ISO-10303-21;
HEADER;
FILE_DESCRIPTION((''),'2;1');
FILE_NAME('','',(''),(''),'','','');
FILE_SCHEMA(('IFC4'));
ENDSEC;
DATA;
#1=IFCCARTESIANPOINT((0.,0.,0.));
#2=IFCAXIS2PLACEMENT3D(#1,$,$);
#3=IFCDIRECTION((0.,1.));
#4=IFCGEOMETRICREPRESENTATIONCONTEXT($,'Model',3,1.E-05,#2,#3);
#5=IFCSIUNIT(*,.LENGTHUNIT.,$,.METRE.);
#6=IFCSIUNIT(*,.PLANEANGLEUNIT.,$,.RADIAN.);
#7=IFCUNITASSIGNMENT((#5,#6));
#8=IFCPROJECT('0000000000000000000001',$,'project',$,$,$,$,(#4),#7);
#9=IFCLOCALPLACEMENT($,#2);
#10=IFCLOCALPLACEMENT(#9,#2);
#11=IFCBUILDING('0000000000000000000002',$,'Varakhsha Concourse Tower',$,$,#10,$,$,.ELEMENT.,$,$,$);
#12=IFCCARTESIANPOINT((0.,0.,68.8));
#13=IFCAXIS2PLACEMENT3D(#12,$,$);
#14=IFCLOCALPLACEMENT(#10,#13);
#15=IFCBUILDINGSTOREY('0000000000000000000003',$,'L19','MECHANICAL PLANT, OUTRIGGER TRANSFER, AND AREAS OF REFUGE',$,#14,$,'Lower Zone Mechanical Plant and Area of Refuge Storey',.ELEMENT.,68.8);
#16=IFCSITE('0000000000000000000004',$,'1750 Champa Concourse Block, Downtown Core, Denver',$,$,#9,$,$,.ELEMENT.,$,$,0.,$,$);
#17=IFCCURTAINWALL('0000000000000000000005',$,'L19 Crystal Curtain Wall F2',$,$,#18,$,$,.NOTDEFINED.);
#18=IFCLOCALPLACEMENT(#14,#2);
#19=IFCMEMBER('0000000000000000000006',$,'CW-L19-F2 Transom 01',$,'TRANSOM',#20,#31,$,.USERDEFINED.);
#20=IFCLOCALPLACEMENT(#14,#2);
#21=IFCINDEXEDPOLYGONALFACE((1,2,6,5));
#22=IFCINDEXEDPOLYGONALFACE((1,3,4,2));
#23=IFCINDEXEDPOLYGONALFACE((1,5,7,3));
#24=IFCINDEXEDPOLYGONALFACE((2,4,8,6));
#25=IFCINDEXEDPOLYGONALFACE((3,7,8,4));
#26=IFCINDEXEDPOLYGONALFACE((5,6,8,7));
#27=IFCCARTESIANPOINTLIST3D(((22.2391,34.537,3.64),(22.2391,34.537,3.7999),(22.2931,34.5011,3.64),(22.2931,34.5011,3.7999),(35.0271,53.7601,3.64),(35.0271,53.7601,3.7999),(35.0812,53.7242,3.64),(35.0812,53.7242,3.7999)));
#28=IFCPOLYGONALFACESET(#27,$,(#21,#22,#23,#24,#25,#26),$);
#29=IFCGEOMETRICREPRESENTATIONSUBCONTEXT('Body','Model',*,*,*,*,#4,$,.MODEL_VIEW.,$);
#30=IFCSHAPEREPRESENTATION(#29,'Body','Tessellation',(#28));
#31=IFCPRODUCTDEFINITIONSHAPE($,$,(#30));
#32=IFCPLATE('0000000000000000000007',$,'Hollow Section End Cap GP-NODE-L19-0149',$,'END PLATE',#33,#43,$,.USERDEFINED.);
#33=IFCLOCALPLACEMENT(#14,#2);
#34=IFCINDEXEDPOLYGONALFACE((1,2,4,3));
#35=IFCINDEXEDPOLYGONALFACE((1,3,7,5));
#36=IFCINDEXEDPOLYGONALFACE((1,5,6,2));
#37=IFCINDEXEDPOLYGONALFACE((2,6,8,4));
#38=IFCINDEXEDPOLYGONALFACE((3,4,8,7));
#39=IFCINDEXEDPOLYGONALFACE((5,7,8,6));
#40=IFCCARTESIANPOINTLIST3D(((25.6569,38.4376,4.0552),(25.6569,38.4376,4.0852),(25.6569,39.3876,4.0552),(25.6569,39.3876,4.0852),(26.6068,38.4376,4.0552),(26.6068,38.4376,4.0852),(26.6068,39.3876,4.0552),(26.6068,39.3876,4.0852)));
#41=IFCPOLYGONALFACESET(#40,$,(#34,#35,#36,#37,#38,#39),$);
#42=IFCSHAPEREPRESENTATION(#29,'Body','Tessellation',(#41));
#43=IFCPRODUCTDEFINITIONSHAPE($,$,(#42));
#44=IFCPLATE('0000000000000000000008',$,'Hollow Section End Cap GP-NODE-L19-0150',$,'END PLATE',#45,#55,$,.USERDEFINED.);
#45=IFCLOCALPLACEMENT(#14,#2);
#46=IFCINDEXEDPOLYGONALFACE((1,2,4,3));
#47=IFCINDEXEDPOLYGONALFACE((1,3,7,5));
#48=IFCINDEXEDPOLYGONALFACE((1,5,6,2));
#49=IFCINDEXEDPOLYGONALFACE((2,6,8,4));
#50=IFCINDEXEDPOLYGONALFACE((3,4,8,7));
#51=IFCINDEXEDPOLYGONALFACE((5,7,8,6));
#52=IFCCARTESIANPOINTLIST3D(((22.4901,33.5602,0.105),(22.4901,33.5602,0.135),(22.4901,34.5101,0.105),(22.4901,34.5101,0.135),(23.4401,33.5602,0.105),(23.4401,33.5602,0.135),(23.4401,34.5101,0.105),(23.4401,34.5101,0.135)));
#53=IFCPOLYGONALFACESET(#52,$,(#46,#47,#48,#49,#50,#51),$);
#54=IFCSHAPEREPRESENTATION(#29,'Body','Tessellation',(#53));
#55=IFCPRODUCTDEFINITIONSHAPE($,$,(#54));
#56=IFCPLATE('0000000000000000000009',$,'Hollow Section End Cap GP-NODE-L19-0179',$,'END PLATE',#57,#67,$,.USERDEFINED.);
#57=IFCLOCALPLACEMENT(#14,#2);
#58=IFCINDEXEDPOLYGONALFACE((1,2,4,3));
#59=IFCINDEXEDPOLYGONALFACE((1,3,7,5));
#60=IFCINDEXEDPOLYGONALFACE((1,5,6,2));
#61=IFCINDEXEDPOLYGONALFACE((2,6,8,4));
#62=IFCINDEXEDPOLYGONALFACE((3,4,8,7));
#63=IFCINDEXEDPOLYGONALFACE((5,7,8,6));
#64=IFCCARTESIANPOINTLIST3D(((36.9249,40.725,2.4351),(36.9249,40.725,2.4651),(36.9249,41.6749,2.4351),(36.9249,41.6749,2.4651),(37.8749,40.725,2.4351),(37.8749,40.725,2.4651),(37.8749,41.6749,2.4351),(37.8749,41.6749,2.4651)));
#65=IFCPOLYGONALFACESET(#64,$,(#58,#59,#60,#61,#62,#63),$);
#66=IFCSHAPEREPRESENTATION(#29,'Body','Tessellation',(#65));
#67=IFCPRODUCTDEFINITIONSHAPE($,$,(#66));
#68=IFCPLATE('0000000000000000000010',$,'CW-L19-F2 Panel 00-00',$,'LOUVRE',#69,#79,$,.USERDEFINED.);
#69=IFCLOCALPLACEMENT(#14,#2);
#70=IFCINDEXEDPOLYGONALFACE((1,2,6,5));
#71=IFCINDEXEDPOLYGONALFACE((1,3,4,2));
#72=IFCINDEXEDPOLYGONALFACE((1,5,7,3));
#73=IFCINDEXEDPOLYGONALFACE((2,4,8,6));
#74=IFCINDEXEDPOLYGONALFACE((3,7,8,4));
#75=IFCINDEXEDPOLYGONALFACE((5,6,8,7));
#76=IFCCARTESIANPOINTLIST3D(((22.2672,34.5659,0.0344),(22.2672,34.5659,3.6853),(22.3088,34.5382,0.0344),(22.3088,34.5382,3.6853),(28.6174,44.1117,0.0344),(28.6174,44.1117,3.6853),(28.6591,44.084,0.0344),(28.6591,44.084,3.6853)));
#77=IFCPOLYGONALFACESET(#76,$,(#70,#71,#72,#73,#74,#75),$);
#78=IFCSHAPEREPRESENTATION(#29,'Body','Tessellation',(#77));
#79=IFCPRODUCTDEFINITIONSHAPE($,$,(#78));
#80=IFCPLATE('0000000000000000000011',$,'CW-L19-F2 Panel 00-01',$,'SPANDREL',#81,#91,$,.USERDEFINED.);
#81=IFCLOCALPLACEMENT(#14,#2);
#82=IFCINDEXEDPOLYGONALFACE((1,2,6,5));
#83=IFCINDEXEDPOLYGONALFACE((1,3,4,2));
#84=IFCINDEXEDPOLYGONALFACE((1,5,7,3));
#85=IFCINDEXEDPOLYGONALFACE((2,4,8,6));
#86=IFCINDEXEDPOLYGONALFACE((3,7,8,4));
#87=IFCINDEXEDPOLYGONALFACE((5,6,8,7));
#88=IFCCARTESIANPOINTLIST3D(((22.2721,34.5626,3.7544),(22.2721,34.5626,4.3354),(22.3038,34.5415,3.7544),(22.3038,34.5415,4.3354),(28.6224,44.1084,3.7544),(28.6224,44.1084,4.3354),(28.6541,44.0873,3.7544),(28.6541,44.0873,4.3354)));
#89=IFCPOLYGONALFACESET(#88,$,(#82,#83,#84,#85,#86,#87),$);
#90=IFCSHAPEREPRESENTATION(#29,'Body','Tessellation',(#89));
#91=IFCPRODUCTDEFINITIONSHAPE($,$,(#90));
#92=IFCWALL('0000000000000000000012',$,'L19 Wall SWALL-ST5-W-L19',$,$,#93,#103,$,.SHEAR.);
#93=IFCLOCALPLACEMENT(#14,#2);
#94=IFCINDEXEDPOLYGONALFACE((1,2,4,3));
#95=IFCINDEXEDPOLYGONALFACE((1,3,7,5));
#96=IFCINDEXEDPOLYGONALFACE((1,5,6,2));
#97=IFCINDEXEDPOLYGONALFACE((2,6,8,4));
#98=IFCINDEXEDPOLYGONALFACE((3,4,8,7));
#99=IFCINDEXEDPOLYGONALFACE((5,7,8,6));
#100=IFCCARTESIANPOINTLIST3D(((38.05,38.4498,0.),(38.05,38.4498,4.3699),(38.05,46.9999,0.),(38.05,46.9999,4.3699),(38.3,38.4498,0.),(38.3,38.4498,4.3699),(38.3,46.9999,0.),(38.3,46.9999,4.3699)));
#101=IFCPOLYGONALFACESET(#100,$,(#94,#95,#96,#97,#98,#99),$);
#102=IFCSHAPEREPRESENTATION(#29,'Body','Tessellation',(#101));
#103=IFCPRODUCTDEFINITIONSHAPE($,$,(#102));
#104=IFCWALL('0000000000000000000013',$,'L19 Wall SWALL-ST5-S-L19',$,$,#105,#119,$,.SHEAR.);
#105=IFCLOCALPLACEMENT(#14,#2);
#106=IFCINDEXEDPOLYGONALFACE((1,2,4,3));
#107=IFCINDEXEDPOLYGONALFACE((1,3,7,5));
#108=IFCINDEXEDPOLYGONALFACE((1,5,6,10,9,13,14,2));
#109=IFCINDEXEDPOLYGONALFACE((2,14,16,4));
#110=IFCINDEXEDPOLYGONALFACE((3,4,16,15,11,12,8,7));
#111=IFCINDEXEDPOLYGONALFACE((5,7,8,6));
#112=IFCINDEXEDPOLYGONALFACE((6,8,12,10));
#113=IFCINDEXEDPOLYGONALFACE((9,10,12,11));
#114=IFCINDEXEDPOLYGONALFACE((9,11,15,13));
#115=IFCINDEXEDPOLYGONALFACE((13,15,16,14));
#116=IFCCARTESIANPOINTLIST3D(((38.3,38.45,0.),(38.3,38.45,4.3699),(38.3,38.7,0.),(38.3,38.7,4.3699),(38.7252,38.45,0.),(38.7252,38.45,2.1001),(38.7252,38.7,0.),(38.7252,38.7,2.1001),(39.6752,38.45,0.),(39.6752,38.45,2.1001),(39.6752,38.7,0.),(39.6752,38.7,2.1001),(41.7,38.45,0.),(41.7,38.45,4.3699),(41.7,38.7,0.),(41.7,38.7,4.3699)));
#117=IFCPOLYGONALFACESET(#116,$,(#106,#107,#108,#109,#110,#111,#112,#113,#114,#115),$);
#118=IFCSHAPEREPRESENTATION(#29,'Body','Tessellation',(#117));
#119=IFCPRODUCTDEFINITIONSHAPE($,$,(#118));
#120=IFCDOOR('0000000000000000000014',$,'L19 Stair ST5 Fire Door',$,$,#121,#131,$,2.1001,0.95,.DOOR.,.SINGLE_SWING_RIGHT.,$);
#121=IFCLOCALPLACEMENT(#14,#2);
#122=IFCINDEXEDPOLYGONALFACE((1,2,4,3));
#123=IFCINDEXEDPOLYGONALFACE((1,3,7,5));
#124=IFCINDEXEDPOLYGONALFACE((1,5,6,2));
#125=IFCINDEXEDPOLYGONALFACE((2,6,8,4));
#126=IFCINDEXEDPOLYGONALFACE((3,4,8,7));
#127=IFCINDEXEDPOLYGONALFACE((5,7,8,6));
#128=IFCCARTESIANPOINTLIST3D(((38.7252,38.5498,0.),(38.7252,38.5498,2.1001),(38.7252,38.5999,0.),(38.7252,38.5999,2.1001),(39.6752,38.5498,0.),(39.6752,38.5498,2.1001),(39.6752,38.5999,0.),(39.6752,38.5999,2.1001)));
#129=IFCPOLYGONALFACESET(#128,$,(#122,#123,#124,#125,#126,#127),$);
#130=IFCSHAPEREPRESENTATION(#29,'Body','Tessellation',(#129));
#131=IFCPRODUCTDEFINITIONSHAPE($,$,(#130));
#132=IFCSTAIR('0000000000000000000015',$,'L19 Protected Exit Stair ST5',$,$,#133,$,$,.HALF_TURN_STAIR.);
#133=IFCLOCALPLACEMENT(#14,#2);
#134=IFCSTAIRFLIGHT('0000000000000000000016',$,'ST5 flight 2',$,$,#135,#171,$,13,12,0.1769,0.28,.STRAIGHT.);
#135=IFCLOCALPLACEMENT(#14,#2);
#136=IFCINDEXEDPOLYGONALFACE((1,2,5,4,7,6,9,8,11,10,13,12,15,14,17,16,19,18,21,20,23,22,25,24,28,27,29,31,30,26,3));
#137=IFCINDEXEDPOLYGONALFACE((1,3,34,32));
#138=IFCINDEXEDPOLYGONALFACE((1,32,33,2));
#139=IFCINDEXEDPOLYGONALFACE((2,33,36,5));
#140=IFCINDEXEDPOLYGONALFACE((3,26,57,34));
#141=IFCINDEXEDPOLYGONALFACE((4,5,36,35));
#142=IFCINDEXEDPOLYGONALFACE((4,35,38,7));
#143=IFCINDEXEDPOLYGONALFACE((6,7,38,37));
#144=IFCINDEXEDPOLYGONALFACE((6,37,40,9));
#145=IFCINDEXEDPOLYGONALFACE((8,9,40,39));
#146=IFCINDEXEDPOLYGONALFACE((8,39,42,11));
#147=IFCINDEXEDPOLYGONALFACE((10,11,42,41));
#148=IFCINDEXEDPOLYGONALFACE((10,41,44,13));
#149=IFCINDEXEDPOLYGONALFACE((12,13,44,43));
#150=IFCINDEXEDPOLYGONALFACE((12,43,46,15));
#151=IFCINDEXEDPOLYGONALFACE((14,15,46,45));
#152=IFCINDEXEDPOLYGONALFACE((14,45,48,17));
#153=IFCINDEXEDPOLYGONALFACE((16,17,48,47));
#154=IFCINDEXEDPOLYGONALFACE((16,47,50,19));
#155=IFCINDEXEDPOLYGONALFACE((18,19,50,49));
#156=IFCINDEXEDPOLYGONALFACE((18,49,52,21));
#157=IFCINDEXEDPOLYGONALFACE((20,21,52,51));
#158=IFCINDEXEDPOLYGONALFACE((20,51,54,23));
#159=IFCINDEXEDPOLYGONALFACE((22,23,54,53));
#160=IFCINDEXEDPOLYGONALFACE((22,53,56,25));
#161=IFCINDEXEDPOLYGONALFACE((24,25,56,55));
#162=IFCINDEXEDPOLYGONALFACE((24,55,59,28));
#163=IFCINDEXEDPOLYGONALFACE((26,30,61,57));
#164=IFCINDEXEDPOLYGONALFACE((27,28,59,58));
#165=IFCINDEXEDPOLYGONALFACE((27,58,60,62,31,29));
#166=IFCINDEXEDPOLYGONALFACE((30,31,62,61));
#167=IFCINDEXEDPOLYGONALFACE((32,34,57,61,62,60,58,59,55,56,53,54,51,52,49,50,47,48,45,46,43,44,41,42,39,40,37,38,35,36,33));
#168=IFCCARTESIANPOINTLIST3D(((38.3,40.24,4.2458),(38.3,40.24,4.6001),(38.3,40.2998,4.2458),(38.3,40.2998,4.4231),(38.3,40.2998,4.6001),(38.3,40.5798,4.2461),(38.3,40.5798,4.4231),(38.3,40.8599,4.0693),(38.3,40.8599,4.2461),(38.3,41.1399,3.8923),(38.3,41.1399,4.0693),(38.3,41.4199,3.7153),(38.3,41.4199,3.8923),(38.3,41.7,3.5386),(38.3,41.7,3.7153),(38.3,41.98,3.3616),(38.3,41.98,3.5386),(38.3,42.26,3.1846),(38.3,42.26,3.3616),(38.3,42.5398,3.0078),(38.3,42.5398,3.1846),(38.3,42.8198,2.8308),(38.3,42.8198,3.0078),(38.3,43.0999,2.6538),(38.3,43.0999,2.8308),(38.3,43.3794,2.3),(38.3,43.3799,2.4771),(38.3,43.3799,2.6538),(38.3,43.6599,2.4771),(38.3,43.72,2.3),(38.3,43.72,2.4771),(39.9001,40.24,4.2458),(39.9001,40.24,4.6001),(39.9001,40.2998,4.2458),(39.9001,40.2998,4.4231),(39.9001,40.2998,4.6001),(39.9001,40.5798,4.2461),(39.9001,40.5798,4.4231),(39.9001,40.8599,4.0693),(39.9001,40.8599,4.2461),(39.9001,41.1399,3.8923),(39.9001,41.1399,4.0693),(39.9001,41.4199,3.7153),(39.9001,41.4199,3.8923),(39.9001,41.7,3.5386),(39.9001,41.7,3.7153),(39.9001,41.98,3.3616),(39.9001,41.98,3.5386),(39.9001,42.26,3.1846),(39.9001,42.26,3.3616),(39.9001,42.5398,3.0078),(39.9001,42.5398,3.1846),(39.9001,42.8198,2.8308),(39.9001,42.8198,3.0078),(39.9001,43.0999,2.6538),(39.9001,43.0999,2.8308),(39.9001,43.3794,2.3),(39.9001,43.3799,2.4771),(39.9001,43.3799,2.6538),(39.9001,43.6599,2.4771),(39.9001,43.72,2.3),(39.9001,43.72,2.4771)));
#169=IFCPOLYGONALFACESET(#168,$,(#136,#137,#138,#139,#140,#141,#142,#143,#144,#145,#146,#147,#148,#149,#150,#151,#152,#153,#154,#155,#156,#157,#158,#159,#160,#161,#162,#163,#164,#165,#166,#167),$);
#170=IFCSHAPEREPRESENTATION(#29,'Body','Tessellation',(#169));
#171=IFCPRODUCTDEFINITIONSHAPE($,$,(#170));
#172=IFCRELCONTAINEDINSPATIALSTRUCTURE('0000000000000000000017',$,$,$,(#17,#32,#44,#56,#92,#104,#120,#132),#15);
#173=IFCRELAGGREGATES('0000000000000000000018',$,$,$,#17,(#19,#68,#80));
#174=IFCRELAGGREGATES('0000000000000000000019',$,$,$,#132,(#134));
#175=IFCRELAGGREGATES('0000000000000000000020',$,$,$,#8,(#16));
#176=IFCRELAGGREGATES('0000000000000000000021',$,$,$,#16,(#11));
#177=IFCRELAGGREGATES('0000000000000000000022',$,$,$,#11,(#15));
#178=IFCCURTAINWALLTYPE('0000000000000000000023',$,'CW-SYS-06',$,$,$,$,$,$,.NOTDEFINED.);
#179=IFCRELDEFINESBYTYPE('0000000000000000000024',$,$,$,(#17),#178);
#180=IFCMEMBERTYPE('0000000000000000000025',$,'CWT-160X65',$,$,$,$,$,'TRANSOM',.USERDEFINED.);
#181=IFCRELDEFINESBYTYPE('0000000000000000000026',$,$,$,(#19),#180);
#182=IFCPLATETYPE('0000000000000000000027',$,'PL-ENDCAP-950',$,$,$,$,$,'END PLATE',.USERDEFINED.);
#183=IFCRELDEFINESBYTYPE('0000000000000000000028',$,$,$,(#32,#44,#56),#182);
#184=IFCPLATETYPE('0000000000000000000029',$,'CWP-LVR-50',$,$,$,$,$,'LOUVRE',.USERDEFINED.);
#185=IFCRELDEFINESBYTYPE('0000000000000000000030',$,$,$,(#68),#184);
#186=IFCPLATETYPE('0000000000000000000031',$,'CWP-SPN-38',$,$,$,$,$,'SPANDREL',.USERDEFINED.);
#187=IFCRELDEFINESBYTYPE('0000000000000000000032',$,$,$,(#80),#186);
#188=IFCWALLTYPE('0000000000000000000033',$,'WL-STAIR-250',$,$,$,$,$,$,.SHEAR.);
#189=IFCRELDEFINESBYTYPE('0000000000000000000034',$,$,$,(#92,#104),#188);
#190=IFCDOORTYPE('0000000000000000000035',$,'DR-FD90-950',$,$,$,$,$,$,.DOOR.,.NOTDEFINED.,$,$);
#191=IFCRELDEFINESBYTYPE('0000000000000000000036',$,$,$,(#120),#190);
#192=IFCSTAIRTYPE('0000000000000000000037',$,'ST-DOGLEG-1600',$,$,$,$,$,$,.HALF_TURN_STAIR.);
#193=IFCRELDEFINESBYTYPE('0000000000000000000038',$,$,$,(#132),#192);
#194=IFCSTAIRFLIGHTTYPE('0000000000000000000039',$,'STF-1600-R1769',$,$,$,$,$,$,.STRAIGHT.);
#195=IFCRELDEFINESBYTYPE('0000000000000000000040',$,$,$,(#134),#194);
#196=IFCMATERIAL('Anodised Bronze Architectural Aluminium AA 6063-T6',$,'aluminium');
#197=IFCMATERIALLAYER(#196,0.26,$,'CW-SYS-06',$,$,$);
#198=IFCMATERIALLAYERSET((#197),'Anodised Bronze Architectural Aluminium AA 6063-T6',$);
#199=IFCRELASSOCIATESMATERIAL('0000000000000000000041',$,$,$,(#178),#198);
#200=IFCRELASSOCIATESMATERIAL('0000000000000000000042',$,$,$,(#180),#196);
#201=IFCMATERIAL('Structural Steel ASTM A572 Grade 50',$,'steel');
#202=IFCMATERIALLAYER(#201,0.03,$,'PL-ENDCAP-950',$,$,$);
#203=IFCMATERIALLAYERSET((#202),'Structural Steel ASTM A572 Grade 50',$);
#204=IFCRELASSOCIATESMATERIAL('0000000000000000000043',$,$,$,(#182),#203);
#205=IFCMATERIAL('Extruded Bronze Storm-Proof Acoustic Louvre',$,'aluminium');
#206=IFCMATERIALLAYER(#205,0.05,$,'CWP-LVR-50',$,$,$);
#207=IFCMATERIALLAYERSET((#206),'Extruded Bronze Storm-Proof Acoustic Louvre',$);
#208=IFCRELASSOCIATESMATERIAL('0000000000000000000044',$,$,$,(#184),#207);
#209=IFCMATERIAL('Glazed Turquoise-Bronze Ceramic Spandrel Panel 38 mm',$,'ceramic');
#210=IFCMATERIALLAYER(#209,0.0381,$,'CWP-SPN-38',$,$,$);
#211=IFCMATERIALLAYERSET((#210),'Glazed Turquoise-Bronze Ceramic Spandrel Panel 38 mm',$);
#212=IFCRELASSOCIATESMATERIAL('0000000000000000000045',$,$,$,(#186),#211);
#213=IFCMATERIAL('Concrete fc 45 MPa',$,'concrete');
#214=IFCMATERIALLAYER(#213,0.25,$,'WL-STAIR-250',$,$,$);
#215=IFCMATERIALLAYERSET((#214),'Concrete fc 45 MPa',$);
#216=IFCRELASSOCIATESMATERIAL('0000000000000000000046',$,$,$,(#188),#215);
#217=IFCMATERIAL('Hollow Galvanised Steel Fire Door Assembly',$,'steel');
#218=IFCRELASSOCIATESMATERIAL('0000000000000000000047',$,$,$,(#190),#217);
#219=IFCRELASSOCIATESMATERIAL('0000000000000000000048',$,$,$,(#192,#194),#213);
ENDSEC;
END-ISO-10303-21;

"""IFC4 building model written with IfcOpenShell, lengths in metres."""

from ifc_helpers import new_model, si_unit, direction, frame, frame_2d, origin, origin_2d, place, context, subcontext, project, spatial, polyline, rectangle, outline, extrude, source, transform, mapped, material, layer, layer_set, material_profile, profile_set, type_object, type_shapes, element, fill, aggregate, save


model = new_model("IFC4")

# Units and contexts
model_context = context("Model", 3, precision=1e-05, world=origin(), true_north=direction((0.0, 1.0)))
body_context = subcontext(model_context, "Body", "Model", "MODEL_VIEW")
ifc_project = project(units=[si_unit("LENGTHUNIT", "METRE"), si_unit("PLANEANGLEUNIT", "RADIAN")], contexts=[model_context])

# Site, building, storey
site_placement = place(None, origin())
site = spatial("IfcSite", under=ifc_project, at=site_placement, Name="1750 Champa Concourse Block, Downtown Core, Denver", CompositionType="ELEMENT", RefElevation=0.0)
building_placement = place(site_placement, origin())
building = spatial("IfcBuilding", under=site, at=building_placement, Name="Varakhsha Concourse Tower", CompositionType="ELEMENT")
storey_placement = place(building_placement, frame((0.0, 0.0, 68.8)))
storey = spatial("IfcBuildingStorey", under=building, at=storey_placement, Name="L19", Description="MECHANICAL PLANT, OUTRIGGER TRANSFER, AND AREAS OF REFUGE", LongName="Lower Zone Mechanical Plant and Area of Refuge Storey", CompositionType="ELEMENT", Elevation=68.8)

# Curtain wall
ifc_material_1 = material(Name="Anodised Bronze Architectural Aluminium AA 6063-T6", Category="aluminium")
ifc_layer_1 = layer(ifc_material_1, 0.26, Name="CW-SYS-06")
ifc_layer_set_1 = layer_set([ifc_layer_1], Name="Anodised Bronze Architectural Aluminium AA 6063-T6")
curtain_wall_type = type_object("IfcCurtainWallType", Name="CW-SYS-06", PredefinedType="NOTDEFINED", material=ifc_layer_set_1)
curtain_wall_1_placement = place(storey_placement, origin())
curtain_wall_1 = element("IfcCurtainWall", 1, at=curtain_wall_1_placement, inside=storey, type_object=curtain_wall_type, Name="L19 Crystal Curtain Wall F2", PredefinedType="NOTDEFINED")

# Member
ifc_material_profile_1 = material_profile(ifc_material_1, rectangle(XDim=0.0649, YDim=0.1599, at=origin_2d()), Name="CWT-160X65")
ifc_profile_set_1 = profile_set([ifc_material_profile_1], Name="Anodised Bronze Architectural Aluminium AA 6063-T6")
member_type_1 = type_object("IfcMemberType", Name="CWT-160X65", ElementType="TRANSOM", PredefinedType="USERDEFINED", material=ifc_profile_set_1)
shared_shape_1 = source(origin(), body_context, "Body", "SweptSolid", [
    extrude(rectangle(XDim=0.0649, YDim=0.1599, at=origin_2d()), origin(), (0.0, 0.0, 1.0), 23.0881),
])
type_shapes(member_type_1, [shared_shape_1])
member_1_placement = place(storey_placement, frame((22.2661, 34.519, 3.72), z_axis=(0.55388, 0.832596, 0.0), x_axis=(-0.832596, 0.55388, 0.0)))
member_1 = element("IfcMember", 2, at=member_1_placement, type_object=member_type_1, Name="CW-L19-F2 Transom 01", ObjectType="TRANSOM", PredefinedType="USERDEFINED", context=body_context, shape_type="MappedRepresentation", body=[
    mapped(shared_shape_1, transform((0.0, 0.0, 0.0), scale=1.0)),
])

# Plates
ifc_material_2 = material(Name="Structural Steel ASTM A572 Grade 50", Category="steel")
ifc_layer_2 = layer(ifc_material_2, 0.03, Name="PL-ENDCAP-950")
ifc_layer_set_2 = layer_set([ifc_layer_2], Name="Structural Steel ASTM A572 Grade 50")
plate_type_1 = type_object("IfcPlateType", Name="PL-ENDCAP-950", ElementType="END PLATE", PredefinedType="USERDEFINED", material=ifc_layer_set_2)
shared_shape_2 = source(origin(), body_context, "Body", "SweptSolid", [
    extrude(rectangle(XDim=0.95, YDim=0.95, at=origin_2d()), origin(), (0.0, 0.0, 1.0), 0.03),
])
type_shapes(plate_type_1, [shared_shape_2])
for number, where, z_axis, x_axis, name in (
    (3, (26.1318, 38.9126, 4.0552), (0.0, 0.0, 1.0), (1.0, 0.0, 0.0), "Hollow Section End Cap GP-NODE-L19-0149"),
    (4, (22.9651, 34.0352, 0.105), (0.0, 0.0, 1.0), (1.0, 0.0, 0.0), "Hollow Section End Cap GP-NODE-L19-0150"),
    (5, (37.3999, 41.2, 2.4351), (0.0, 0.0, 1.0), (1.0, 0.0, 0.0), "Hollow Section End Cap GP-NODE-L19-0179"),
):
    element("IfcPlate", number, at=place(storey_placement, frame(where, z_axis=z_axis, x_axis=x_axis)), inside=storey, type_object=plate_type_1, Name=name, ObjectType="END PLATE", PredefinedType="USERDEFINED", context=body_context, shape_type="MappedRepresentation", body=[
        mapped(shared_shape_2, transform((0.0, 0.0, 0.0), scale=1.0)),
    ])

# Plates
ifc_material_3 = material(Name="Extruded Bronze Storm-Proof Acoustic Louvre", Category="aluminium")
ifc_layer_3 = layer(ifc_material_3, 0.05, Name="CWP-LVR-50")
ifc_layer_set_3 = layer_set([ifc_layer_3], Name="Extruded Bronze Storm-Proof Acoustic Louvre")
plate_type_2 = type_object("IfcPlateType", Name="CWP-LVR-50", ElementType="LOUVRE", PredefinedType="USERDEFINED", material=ifc_layer_set_3)
shared_shape_3 = source(origin(), body_context, "Body", "SweptSolid", [
    extrude(rectangle(XDim=11.4651, YDim=0.05, at=origin_2d()), origin(), (0.0, 0.0, 1.0), 3.6509),
])
type_shapes(plate_type_2, [shared_shape_3])
plate_1_placement = place(storey_placement, frame((25.4631, 39.325, 0.0344), z_axis=(0.0, 0.0, 1.0), x_axis=(0.553881, 0.832596, 0.0)))
plate_1 = element("IfcPlate", 6, at=plate_1_placement, type_object=plate_type_2, Name="CW-L19-F2 Panel 00-00", ObjectType="LOUVRE", PredefinedType="USERDEFINED", context=body_context, shape_type="MappedRepresentation", body=[
    mapped(shared_shape_3, transform((0.0, 0.0, 0.0), scale=1.0)),
])
ifc_material_4 = material(Name="Glazed Turquoise-Bronze Ceramic Spandrel Panel 38 mm", Category="ceramic")
ifc_layer_4 = layer(ifc_material_4, 0.0381, Name="CWP-SPN-38")
ifc_layer_set_4 = layer_set([ifc_layer_4], Name="Glazed Turquoise-Bronze Ceramic Spandrel Panel 38 mm")
plate_type_3 = type_object("IfcPlateType", Name="CWP-SPN-38", ElementType="SPANDREL", PredefinedType="USERDEFINED", material=ifc_layer_set_4)
shared_shape_4 = source(origin(), body_context, "Body", "SweptSolid", [
    extrude(rectangle(XDim=11.4651, YDim=0.0381, at=origin_2d()), origin(), (0.0, 0.0, 1.0), 0.5811),
])
type_shapes(plate_type_3, [shared_shape_4])
plate_2_placement = place(storey_placement, frame((25.4631, 39.325, 3.7544), z_axis=(0.0, 0.0, 1.0), x_axis=(0.553881, 0.832596, 0.0)))
plate_2 = element("IfcPlate", 7, at=plate_2_placement, type_object=plate_type_3, Name="CW-L19-F2 Panel 00-01", ObjectType="SPANDREL", PredefinedType="USERDEFINED", context=body_context, shape_type="MappedRepresentation", body=[
    mapped(shared_shape_4, transform((0.0, 0.0, 0.0), scale=1.0)),
])
aggregate(curtain_wall_1, [member_1, plate_1, plate_2])

# Wall
ifc_material_5 = material(Name="Concrete fc 45 MPa", Category="concrete")
ifc_layer_5 = layer(ifc_material_5, 0.25, Name="WL-STAIR-250")
ifc_layer_set_5 = layer_set([ifc_layer_5], Name="Concrete fc 45 MPa")
wall_type = type_object("IfcWallType", Name="WL-STAIR-250", PredefinedType="SHEAR", material=ifc_layer_set_5)
wall_1_placement = place(storey_placement, frame((38.175, 38.45, 0.0), z_axis=(0.0, 0.0, 1.0), x_axis=(0.0, 1.0, 0.0)))
element("IfcWall", 8, at=wall_1_placement, inside=storey, type_object=wall_type, Name="L19 Wall SWALL-ST5-W-L19", PredefinedType="SHEAR", context=body_context, shape_type="SweptSolid", body=[
    extrude(rectangle(XDim=8.55, YDim=0.25, at=frame_2d((4.2749, 0.0))), origin(), (0.0, 0.0, 1.0), 4.3699),
])

# Wall, opening, door
wall_2_placement = place(storey_placement, frame((38.3, 38.575, 0.0), z_axis=(0.0, 0.0, 1.0), x_axis=(1.0, 0.0, 0.0)))
wall_2 = element("IfcWall", 9, at=wall_2_placement, inside=storey, type_object=wall_type, Name="L19 Wall SWALL-ST5-S-L19", PredefinedType="SHEAR", context=body_context, shape_type="SweptSolid", body=[
    extrude(rectangle(XDim=3.3999, YDim=0.25, at=frame_2d((1.7, 0.0))), origin(), (0.0, 0.0, 1.0), 4.3699),
])
opening_placement = place(wall_2_placement, frame((0.425, 0.0, 0.0)))
opening = element("IfcOpeningElement", 10, at=opening_placement, cuts=wall_2, PredefinedType="OPENING", context=body_context, shape_type="SweptSolid", body=[
    extrude(rectangle(XDim=0.95, YDim=2.1001, at=frame_2d((0.4751, 1.05))), frame((0.0, 0.135, 0.0), z_axis=(0.0, -1.0, 0.0), x_axis=(1.0, 0.0, 0.0)), (0.0, 0.0, 1.0), 0.27),
])
ifc_material_6 = material(Name="Hollow Galvanised Steel Fire Door Assembly", Category="steel")
door_type = type_object("IfcDoorType", Name="DR-FD90-950", OperationType="NOTDEFINED", PredefinedType="DOOR", material=ifc_material_6)
door_placement = place(opening_placement, origin())
door = element("IfcDoor", 11, at=door_placement, inside=storey, type_object=door_type, Name="L19 Stair ST5 Fire Door", OperationType="SINGLE_SWING_RIGHT", OverallHeight=2.1001, OverallWidth=0.95, PredefinedType="DOOR", context=body_context, shape_type="SweptSolid", body=[
    extrude(rectangle(XDim=0.95, YDim=2.1001, at=frame_2d((0.4751, 1.05))), frame((0.0, 0.0249, 0.0), z_axis=(0.0, -1.0, 0.0), x_axis=(1.0, 0.0, 0.0)), (0.0, 0.0, 1.0), 0.05),
])
fill(opening, door)

# Stair, stair flight
stair_type = type_object("IfcStairType", Name="ST-DOGLEG-1600", PredefinedType="HALF_TURN_STAIR", material=ifc_material_5)
stair_placement = place(storey_placement, origin())
stair = element("IfcStair", 12, at=stair_placement, inside=storey, type_object=stair_type, Name="L19 Protected Exit Stair ST5", PredefinedType="HALF_TURN_STAIR")
stair_flight_type = type_object("IfcStairFlightType", Name="STF-1600-R1769", PredefinedType="STRAIGHT", material=ifc_material_5)
stair_flight_placement = place(storey_placement, frame((39.1001, 43.6599, 2.3), z_axis=(0.0, 0.0, 1.0), x_axis=(0.0, -1.0, 0.0)))
stair_flight = element("IfcStairFlight", 13, at=stair_flight_placement, type_object=stair_flight_type, Name="ST5 flight 2", NumberOfRisers=13, NumberOfTreads=12, PredefinedType="STRAIGHT", RiserHeight=0.1769, TreadLength=0.28, context=body_context, shape_type="SweptSolid", body=[
    extrude(outline(polyline([(-0.0601, 0.0), (-0.0601, 0.177), (0.0, 0.177), (0.28, 0.177), (0.28, 0.3538), (0.5601, 0.3538), (0.5601, 0.5308), (0.8401, 0.5308), (0.8401, 0.7078), (1.1201, 0.7078), (1.1201, 0.8845), (1.3999, 0.8845), (1.3999, 1.0615), (1.6799, 1.0615), (1.6799, 1.2385), (1.96, 1.2385), (1.96, 1.4153), (2.24, 1.4153), (2.24, 1.5923), (2.52, 1.5923), (2.52, 1.7693), (2.8, 1.7693), (2.8, 1.946), (3.0801, 1.946), (3.0801, 2.123), (3.3601, 2.123), (3.3601, 2.3), (3.4199, 2.3), (3.4199, 1.9458), (3.3601, 1.9458), (0.2805, 0.0), (-0.0601, 0.0)])), frame((0.0, 0.8, 0.0), z_axis=(0.0, -1.0, 0.0), x_axis=(1.0, 0.0, 0.0)), (0.0, 0.0, 1.0), 1.6001),
])
aggregate(stair, [stair_flight])

save(model, "model.ifc")
